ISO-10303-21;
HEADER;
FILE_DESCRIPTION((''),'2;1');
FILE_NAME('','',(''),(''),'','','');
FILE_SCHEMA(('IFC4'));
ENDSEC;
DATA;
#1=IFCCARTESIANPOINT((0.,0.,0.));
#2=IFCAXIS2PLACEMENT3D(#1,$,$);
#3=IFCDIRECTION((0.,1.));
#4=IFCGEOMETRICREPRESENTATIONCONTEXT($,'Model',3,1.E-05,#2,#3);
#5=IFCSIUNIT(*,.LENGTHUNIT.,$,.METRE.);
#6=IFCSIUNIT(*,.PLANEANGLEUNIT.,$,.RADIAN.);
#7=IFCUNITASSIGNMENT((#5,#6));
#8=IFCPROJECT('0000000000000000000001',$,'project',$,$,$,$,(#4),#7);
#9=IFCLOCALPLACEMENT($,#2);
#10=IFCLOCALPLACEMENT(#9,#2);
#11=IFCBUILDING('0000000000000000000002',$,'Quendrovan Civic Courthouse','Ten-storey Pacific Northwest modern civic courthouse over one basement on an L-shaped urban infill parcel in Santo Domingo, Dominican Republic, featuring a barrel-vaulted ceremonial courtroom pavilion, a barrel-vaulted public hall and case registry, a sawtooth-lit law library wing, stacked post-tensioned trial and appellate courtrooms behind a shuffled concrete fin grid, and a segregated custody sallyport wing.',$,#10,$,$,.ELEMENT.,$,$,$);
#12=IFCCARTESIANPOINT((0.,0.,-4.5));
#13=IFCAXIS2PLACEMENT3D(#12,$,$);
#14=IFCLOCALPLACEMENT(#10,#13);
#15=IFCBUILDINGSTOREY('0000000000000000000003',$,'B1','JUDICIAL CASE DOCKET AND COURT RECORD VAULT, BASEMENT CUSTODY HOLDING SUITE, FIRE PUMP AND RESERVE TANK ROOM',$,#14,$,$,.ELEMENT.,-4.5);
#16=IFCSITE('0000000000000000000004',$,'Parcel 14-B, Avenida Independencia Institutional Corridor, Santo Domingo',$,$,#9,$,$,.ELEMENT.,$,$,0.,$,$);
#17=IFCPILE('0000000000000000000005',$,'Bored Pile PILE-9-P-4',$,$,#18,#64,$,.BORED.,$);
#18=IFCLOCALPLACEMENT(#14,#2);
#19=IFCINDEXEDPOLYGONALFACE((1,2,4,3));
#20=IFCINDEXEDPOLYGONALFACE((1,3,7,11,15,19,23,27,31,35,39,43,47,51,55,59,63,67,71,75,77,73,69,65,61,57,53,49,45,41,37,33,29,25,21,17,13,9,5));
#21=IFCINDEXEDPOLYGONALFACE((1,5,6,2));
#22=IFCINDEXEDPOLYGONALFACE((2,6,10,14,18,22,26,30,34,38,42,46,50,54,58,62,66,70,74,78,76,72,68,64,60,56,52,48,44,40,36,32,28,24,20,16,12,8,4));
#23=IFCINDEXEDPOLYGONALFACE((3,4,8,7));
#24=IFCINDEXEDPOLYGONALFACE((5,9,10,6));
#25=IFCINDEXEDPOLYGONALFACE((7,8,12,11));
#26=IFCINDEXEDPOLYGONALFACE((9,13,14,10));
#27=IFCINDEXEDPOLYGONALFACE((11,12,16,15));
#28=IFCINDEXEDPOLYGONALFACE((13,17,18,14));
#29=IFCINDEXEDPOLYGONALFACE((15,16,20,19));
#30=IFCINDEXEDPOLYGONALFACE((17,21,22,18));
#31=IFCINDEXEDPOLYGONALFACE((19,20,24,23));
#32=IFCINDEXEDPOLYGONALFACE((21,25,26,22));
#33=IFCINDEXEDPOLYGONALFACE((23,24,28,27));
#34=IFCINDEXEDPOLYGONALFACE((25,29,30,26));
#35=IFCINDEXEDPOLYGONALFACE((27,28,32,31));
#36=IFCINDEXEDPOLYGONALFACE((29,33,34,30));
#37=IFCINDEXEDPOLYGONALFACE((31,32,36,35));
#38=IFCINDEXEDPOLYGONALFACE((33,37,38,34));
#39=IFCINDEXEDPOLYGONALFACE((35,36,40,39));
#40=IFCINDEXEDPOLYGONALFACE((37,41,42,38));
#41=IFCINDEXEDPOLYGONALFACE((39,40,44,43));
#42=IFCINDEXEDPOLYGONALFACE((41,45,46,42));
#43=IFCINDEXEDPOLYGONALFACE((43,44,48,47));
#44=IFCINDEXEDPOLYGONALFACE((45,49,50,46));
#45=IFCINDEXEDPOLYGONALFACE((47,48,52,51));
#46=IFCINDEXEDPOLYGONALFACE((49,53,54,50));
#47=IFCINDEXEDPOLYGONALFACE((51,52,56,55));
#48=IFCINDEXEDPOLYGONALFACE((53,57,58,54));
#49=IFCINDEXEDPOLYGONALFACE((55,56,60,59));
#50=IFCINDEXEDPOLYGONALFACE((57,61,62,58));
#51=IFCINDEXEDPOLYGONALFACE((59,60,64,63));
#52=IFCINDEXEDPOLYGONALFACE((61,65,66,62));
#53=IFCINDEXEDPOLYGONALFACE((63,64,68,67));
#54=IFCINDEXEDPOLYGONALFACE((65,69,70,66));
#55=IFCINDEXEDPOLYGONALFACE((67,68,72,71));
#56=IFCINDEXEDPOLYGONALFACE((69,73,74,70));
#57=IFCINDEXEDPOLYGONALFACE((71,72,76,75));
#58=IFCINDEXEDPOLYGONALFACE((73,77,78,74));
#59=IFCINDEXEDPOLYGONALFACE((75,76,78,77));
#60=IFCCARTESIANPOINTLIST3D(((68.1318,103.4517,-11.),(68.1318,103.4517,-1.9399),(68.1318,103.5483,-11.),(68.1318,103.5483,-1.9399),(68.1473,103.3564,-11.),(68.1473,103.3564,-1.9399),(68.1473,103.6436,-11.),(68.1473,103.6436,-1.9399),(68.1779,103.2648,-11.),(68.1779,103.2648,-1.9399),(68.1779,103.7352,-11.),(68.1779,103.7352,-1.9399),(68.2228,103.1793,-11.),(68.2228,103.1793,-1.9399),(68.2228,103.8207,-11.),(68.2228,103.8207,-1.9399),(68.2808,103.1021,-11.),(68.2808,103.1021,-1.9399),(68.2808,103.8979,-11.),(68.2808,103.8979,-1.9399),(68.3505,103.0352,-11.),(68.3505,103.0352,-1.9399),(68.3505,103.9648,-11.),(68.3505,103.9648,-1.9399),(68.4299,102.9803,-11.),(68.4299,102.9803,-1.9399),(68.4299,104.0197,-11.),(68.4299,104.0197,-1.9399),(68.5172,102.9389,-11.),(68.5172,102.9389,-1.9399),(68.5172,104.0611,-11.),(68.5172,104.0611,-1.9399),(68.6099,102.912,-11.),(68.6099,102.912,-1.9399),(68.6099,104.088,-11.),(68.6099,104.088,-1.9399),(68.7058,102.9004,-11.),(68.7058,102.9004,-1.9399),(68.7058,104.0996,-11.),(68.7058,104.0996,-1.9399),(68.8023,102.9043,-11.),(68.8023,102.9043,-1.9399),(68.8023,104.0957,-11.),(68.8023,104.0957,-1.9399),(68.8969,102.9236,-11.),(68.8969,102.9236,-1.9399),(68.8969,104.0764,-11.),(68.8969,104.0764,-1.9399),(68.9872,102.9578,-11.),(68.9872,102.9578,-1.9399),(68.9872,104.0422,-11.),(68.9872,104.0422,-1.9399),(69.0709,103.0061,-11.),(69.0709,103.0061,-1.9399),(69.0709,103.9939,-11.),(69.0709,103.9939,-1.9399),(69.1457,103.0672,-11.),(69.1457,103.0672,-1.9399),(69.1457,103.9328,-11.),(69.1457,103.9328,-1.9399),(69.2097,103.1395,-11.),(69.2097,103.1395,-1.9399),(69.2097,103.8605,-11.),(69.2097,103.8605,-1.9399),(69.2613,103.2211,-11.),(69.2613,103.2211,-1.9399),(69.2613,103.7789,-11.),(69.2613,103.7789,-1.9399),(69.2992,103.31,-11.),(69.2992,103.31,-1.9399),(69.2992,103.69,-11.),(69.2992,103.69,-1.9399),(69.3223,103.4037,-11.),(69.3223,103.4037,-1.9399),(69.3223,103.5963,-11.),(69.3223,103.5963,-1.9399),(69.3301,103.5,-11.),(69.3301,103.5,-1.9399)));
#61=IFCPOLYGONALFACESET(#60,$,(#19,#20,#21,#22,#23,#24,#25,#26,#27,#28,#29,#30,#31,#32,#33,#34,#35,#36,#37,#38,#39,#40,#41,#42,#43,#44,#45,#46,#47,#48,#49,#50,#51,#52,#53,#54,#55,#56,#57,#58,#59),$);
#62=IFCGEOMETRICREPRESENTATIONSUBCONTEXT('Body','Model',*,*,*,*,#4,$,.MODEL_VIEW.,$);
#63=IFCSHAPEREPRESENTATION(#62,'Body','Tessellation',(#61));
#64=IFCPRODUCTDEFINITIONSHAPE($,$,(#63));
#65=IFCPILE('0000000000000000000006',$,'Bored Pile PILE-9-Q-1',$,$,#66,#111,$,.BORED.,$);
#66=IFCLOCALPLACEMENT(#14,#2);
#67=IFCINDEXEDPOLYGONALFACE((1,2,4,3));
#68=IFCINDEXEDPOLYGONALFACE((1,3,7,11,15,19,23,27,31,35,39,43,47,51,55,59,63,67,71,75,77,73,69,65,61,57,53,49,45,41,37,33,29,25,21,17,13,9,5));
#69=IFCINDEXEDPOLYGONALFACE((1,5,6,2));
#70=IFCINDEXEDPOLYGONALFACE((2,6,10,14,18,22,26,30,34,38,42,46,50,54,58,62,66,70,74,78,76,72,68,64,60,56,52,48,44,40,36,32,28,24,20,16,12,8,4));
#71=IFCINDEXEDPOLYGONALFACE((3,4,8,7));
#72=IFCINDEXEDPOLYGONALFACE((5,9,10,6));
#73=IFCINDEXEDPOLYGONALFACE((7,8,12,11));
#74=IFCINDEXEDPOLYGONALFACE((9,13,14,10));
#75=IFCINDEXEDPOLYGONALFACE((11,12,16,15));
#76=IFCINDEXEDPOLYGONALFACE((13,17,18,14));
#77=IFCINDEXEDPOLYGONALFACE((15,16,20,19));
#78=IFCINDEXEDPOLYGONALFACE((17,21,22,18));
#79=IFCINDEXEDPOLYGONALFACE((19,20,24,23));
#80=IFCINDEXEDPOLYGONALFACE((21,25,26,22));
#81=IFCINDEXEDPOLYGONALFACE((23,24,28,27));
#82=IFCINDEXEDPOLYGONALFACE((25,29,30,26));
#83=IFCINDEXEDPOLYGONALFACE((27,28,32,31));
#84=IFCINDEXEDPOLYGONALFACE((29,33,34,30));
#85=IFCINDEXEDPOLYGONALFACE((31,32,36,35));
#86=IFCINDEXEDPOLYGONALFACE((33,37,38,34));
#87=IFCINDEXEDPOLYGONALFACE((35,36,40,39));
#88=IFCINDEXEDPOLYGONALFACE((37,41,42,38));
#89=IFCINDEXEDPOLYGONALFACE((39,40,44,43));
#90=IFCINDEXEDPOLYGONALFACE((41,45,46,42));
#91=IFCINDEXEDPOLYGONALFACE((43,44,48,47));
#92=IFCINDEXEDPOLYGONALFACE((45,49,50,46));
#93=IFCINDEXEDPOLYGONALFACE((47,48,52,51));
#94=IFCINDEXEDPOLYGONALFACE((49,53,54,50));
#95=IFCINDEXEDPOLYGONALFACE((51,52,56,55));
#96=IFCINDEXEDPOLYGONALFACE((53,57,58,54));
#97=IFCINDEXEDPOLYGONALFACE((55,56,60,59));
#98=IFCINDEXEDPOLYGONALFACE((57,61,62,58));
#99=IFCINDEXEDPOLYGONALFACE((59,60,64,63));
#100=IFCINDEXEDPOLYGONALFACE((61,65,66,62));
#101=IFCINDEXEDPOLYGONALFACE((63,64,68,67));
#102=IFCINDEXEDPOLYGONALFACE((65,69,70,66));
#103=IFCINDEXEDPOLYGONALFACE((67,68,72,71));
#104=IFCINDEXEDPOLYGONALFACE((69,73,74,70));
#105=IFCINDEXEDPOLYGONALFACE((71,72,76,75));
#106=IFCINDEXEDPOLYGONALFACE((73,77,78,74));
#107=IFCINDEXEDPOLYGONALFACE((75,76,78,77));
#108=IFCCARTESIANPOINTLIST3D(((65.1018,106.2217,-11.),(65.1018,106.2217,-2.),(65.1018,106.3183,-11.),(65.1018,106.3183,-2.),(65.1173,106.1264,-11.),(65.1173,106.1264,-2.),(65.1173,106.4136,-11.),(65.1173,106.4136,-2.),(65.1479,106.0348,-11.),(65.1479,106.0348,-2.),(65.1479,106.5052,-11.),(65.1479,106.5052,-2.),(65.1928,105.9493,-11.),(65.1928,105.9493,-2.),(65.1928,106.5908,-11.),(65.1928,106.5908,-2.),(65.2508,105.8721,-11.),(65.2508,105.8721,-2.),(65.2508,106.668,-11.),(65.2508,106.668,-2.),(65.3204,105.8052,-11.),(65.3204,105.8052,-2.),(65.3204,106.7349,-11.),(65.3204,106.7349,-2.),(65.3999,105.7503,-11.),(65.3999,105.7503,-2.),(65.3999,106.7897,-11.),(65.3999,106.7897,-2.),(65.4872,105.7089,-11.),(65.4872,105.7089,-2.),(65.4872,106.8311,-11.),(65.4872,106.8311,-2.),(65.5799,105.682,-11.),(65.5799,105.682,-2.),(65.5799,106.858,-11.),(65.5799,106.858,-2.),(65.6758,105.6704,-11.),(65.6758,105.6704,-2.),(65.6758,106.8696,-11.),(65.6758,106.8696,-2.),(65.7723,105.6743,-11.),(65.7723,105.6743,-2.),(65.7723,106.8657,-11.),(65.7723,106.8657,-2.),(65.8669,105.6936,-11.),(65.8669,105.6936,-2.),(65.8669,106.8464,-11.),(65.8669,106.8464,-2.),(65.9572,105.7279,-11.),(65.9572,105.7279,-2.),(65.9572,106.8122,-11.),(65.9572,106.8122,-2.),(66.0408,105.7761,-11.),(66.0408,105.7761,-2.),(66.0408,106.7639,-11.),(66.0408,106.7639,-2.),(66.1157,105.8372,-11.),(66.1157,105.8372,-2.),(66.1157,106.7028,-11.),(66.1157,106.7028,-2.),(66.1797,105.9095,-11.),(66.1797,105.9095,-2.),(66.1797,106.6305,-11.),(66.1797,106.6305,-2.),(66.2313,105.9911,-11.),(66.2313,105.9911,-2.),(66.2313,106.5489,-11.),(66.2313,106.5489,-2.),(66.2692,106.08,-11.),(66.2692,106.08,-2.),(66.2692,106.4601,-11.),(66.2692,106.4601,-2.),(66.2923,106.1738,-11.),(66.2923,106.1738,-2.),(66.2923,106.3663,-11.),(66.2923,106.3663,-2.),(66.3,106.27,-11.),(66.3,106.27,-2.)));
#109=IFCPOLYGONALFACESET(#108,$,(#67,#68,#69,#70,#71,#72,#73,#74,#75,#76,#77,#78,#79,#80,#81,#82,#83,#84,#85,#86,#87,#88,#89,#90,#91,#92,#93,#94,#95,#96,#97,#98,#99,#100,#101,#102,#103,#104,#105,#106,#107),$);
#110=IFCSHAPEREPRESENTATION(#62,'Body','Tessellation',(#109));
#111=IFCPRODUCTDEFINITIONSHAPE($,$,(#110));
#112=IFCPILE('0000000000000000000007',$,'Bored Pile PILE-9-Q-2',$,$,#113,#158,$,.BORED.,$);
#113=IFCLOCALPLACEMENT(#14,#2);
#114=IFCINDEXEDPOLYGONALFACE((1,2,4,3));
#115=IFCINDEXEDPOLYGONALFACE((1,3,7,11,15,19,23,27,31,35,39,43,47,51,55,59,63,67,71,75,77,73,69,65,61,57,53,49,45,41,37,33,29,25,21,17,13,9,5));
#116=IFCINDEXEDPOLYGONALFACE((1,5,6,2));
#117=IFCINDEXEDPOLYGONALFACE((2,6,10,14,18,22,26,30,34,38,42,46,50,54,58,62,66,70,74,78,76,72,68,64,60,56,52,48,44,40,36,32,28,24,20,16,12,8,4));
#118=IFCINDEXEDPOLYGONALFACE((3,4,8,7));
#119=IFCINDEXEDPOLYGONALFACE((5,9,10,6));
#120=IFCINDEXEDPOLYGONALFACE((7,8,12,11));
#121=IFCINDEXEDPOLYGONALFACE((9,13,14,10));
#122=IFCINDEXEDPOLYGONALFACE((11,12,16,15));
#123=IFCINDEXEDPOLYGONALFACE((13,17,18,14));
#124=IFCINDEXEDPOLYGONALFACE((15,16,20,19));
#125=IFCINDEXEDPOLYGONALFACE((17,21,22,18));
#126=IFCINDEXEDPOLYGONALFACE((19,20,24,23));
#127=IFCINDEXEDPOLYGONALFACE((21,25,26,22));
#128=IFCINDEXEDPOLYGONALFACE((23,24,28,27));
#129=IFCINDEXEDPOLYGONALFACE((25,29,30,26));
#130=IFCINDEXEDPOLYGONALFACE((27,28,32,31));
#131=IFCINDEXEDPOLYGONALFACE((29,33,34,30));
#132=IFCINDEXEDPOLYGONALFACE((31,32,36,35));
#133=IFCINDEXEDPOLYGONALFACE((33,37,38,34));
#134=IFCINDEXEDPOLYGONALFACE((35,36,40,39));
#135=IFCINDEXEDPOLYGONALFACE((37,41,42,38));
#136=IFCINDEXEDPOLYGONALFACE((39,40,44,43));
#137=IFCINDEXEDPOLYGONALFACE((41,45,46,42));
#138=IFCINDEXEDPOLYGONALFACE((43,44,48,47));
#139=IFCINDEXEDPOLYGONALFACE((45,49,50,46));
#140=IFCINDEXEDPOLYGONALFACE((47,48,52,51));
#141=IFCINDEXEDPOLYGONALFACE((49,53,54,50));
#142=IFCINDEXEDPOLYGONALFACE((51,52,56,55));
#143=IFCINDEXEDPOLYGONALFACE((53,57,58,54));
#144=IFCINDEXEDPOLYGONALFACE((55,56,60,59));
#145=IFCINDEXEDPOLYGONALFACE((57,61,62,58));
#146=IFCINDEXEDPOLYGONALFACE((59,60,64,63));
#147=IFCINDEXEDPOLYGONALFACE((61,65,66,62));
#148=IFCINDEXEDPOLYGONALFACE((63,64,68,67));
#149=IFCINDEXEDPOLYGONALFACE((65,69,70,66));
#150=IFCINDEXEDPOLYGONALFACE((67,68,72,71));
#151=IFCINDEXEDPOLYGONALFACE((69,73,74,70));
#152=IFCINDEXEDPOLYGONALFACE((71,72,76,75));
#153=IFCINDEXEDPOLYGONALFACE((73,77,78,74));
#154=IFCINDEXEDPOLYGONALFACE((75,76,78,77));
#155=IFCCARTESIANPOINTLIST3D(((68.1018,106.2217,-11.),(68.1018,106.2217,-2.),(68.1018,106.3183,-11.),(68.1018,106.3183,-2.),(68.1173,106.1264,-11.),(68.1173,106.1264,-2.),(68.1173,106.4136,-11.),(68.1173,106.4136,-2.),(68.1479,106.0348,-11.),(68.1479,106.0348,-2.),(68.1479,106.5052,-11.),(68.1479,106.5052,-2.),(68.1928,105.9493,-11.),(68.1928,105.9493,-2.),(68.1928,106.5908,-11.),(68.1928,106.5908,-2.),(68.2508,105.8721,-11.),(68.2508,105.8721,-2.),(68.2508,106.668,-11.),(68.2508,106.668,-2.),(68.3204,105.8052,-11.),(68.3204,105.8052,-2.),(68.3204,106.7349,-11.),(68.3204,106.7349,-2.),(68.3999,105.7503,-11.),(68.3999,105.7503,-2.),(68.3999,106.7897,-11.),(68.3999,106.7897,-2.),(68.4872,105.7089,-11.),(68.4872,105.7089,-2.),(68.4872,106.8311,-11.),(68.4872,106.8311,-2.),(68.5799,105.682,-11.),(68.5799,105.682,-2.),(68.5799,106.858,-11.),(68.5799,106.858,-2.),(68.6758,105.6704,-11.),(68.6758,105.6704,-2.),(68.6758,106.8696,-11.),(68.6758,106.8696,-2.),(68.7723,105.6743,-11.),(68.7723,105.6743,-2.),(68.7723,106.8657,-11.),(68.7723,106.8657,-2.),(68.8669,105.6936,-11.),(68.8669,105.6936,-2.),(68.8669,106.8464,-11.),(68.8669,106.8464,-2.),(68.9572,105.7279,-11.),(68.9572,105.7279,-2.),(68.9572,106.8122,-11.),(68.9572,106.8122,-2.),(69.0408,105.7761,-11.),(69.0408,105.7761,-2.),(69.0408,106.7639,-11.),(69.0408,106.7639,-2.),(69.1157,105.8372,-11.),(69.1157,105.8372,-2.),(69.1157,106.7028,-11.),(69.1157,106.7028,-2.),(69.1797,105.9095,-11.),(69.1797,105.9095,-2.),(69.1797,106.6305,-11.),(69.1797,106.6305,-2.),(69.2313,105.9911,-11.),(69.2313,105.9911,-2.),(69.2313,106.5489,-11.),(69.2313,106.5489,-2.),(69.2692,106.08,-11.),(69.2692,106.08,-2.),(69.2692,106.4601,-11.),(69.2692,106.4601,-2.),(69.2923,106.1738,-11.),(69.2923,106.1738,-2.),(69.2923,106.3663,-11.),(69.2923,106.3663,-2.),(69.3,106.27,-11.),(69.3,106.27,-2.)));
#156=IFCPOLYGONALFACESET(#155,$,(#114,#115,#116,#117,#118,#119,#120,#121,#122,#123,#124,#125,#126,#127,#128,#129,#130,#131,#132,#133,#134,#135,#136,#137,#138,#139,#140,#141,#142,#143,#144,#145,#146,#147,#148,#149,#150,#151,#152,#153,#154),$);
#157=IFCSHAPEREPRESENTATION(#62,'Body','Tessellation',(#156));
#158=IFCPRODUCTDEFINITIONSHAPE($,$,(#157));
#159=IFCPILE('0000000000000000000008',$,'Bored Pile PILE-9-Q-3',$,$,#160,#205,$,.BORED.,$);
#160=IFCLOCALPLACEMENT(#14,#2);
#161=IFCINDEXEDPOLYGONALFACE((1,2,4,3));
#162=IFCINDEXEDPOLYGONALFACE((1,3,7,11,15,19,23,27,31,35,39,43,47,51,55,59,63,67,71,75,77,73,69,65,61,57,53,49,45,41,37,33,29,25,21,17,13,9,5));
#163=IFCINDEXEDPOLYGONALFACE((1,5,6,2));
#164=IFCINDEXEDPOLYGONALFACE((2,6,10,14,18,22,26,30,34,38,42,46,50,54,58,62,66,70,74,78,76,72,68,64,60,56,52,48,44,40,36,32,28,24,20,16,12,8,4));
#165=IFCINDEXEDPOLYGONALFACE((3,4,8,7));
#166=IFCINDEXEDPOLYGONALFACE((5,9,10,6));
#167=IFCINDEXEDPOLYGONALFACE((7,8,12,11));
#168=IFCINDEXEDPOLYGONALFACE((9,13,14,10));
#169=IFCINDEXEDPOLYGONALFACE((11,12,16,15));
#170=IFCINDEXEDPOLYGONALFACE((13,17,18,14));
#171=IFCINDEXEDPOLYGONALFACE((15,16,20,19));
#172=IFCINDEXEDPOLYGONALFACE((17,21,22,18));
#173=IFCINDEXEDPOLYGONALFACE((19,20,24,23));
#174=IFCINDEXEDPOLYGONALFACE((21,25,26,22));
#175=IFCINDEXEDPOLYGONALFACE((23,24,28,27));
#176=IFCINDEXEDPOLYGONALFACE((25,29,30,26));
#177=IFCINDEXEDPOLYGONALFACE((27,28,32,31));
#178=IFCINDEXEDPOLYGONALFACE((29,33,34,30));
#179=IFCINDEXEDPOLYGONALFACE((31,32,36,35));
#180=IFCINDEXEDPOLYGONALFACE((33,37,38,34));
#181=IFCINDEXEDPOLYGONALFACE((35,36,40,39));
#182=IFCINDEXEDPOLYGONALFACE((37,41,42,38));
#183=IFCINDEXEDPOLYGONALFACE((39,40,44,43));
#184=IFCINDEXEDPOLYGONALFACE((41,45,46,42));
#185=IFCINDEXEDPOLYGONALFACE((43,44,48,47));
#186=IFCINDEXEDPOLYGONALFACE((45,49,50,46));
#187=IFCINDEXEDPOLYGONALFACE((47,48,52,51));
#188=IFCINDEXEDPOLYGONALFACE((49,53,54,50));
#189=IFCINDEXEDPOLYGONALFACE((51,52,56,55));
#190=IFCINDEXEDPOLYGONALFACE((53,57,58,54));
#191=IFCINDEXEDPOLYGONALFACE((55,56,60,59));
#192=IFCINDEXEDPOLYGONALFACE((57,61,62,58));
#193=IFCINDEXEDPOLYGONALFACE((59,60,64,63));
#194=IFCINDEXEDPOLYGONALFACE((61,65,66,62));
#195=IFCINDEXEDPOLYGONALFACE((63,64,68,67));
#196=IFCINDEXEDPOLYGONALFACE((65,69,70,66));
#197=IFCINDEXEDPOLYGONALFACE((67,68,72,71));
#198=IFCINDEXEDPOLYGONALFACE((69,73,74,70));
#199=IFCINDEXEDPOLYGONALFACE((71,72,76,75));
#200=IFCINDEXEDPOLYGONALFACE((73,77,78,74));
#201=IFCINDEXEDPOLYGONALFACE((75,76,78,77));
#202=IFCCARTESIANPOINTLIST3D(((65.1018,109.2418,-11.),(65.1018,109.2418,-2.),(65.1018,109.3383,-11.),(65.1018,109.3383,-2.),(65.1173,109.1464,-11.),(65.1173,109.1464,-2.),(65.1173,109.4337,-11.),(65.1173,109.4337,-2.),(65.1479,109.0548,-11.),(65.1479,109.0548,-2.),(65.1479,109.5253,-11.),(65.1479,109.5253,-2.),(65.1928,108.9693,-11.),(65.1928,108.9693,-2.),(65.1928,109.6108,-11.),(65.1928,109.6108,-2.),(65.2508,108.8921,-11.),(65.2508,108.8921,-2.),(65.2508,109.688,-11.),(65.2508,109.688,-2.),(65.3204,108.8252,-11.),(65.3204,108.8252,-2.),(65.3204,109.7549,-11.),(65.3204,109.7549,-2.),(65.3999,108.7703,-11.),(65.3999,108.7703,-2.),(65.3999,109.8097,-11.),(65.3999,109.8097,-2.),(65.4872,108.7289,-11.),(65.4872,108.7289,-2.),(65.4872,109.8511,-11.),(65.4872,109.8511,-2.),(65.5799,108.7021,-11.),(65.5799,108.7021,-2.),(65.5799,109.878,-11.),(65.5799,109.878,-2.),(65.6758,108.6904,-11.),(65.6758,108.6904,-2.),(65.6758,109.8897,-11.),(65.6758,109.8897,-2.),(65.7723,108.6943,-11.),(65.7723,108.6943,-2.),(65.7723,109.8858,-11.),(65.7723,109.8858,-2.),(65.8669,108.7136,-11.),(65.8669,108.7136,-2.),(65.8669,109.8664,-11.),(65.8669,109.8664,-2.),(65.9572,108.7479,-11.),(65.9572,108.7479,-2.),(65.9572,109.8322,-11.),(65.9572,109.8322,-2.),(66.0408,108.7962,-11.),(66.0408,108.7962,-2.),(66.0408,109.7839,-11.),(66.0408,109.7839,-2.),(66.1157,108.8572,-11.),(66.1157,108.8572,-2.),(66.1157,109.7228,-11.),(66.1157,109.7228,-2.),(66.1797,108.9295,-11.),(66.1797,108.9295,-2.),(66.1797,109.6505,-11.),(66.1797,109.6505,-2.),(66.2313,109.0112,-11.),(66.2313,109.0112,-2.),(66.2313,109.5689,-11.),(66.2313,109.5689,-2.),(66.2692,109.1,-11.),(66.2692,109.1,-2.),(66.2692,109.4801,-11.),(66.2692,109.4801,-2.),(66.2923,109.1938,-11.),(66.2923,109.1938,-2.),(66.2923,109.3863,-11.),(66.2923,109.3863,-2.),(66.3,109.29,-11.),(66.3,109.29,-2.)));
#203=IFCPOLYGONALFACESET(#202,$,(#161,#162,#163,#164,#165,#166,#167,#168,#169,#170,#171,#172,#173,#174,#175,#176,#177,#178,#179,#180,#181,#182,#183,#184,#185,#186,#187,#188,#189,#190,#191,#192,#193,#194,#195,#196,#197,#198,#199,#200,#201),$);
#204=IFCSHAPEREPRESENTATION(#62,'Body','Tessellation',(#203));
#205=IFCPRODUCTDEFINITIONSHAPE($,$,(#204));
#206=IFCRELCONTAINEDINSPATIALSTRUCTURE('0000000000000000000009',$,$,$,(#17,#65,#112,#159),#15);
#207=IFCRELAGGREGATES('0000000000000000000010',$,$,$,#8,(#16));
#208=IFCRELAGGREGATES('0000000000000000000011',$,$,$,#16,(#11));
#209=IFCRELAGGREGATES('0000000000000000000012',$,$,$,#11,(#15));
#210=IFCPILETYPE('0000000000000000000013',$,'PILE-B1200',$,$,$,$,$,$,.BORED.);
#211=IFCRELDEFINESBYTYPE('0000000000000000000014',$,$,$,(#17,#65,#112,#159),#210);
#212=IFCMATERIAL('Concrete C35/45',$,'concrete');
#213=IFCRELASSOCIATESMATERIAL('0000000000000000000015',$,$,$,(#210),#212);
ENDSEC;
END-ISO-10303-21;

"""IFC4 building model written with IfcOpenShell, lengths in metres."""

from ifc_helpers import new_model, si_unit, direction, frame, origin, origin_2d, place, context, subcontext, project, spatial, circle, extrude, material, material_profile, profile_set, type_object, element, save


model = new_model("IFC4")

# Units and contexts
model_context = context("Model", 3, precision=1e-05, world=origin(), true_north=direction((0.0, 1.0)))
body_context = subcontext(model_context, "Body", "Model", "MODEL_VIEW")
ifc_project = project(units=[si_unit("LENGTHUNIT", "METRE"), si_unit("PLANEANGLEUNIT", "RADIAN")], contexts=[model_context])

# Site, building, storey
site_placement = place(None, origin())
site = spatial("IfcSite", under=ifc_project, at=site_placement, Name="Parcel 14-B, Avenida Independencia Institutional Corridor, Santo Domingo", CompositionType="ELEMENT", RefElevation=0.0)
building_placement = place(site_placement, origin())
building = spatial("IfcBuilding", under=site, at=building_placement, Name="Quendrovan Civic Courthouse", Description="Ten-storey Pacific Northwest modern civic courthouse over one basement on an L-shaped urban infill parcel in Santo Domingo, Dominican Republic, featuring a barrel-vaulted ceremonial courtroom pavilion, a barrel-vaulted public hall and case registry, a sawtooth-lit law library wing, stacked post-tensioned trial and appellate courtrooms behind a shuffled concrete fin grid, and a segregated custody sallyport wing.", CompositionType="ELEMENT")
storey_placement = place(building_placement, frame((0.0, 0.0, -4.5)))
storey = spatial("IfcBuildingStorey", under=building, at=storey_placement, Name="B1", Description="JUDICIAL CASE DOCKET AND COURT RECORD VAULT, BASEMENT CUSTODY HOLDING SUITE, FIRE PUMP AND RESERVE TANK ROOM", CompositionType="ELEMENT", Elevation=-4.5)

# Shared definitions
ifc_material_1 = material(Name="Concrete C35/45", Category="concrete")

# Piles
ifc_material_profile_1 = material_profile(ifc_material_1, circle(Radius=0.6001, at=origin_2d()), Name="PILE-D1200")
ifc_profile_set_1 = profile_set([ifc_material_profile_1], Name="Concrete C35/45")
pile_type = type_object("IfcPileType", Name="PILE-B1200", PredefinedType="BORED", material=ifc_profile_set_1)
for number, where, z_axis, x_axis, name in (
    (1, (68.73, 103.5, -1.9399), (0.0, 0.0, -1.0), (1.0, 0.0, 0.0), "Bored Pile PILE-9-P-4"),
):
    element("IfcPile", number, at=place(storey_placement, frame(where, z_axis=z_axis, x_axis=x_axis)), inside=storey, type_object=pile_type, Name=name, PredefinedType="BORED", context=body_context, shape_type="SweptSolid", body=[
        extrude(circle(Radius=0.6001, at=origin_2d()), origin(), (0.0, 0.0, 1.0), 9.0601),
    ])
for number, where, z_axis, x_axis, name in (
    (2, (65.7, 106.27, -2.0), (0.0, 0.0, -1.0), (1.0, 0.0, 0.0), "Bored Pile PILE-9-Q-1"),
    (3, (68.7, 106.27, -2.0), (0.0, 0.0, -1.0), (1.0, 0.0, 0.0), "Bored Pile PILE-9-Q-2"),
    (4, (65.7, 109.29, -2.0), (0.0, 0.0, -1.0), (1.0, 0.0, 0.0), "Bored Pile PILE-9-Q-3"),
):
    element("IfcPile", number, at=place(storey_placement, frame(where, z_axis=z_axis, x_axis=x_axis)), inside=storey, type_object=pile_type, Name=name, PredefinedType="BORED", context=body_context, shape_type="SweptSolid", body=[
        extrude(circle(Radius=0.6001, at=origin_2d()), origin(), (0.0, 0.0, 1.0), 9.0),
    ])

save(model, "model.ifc")
